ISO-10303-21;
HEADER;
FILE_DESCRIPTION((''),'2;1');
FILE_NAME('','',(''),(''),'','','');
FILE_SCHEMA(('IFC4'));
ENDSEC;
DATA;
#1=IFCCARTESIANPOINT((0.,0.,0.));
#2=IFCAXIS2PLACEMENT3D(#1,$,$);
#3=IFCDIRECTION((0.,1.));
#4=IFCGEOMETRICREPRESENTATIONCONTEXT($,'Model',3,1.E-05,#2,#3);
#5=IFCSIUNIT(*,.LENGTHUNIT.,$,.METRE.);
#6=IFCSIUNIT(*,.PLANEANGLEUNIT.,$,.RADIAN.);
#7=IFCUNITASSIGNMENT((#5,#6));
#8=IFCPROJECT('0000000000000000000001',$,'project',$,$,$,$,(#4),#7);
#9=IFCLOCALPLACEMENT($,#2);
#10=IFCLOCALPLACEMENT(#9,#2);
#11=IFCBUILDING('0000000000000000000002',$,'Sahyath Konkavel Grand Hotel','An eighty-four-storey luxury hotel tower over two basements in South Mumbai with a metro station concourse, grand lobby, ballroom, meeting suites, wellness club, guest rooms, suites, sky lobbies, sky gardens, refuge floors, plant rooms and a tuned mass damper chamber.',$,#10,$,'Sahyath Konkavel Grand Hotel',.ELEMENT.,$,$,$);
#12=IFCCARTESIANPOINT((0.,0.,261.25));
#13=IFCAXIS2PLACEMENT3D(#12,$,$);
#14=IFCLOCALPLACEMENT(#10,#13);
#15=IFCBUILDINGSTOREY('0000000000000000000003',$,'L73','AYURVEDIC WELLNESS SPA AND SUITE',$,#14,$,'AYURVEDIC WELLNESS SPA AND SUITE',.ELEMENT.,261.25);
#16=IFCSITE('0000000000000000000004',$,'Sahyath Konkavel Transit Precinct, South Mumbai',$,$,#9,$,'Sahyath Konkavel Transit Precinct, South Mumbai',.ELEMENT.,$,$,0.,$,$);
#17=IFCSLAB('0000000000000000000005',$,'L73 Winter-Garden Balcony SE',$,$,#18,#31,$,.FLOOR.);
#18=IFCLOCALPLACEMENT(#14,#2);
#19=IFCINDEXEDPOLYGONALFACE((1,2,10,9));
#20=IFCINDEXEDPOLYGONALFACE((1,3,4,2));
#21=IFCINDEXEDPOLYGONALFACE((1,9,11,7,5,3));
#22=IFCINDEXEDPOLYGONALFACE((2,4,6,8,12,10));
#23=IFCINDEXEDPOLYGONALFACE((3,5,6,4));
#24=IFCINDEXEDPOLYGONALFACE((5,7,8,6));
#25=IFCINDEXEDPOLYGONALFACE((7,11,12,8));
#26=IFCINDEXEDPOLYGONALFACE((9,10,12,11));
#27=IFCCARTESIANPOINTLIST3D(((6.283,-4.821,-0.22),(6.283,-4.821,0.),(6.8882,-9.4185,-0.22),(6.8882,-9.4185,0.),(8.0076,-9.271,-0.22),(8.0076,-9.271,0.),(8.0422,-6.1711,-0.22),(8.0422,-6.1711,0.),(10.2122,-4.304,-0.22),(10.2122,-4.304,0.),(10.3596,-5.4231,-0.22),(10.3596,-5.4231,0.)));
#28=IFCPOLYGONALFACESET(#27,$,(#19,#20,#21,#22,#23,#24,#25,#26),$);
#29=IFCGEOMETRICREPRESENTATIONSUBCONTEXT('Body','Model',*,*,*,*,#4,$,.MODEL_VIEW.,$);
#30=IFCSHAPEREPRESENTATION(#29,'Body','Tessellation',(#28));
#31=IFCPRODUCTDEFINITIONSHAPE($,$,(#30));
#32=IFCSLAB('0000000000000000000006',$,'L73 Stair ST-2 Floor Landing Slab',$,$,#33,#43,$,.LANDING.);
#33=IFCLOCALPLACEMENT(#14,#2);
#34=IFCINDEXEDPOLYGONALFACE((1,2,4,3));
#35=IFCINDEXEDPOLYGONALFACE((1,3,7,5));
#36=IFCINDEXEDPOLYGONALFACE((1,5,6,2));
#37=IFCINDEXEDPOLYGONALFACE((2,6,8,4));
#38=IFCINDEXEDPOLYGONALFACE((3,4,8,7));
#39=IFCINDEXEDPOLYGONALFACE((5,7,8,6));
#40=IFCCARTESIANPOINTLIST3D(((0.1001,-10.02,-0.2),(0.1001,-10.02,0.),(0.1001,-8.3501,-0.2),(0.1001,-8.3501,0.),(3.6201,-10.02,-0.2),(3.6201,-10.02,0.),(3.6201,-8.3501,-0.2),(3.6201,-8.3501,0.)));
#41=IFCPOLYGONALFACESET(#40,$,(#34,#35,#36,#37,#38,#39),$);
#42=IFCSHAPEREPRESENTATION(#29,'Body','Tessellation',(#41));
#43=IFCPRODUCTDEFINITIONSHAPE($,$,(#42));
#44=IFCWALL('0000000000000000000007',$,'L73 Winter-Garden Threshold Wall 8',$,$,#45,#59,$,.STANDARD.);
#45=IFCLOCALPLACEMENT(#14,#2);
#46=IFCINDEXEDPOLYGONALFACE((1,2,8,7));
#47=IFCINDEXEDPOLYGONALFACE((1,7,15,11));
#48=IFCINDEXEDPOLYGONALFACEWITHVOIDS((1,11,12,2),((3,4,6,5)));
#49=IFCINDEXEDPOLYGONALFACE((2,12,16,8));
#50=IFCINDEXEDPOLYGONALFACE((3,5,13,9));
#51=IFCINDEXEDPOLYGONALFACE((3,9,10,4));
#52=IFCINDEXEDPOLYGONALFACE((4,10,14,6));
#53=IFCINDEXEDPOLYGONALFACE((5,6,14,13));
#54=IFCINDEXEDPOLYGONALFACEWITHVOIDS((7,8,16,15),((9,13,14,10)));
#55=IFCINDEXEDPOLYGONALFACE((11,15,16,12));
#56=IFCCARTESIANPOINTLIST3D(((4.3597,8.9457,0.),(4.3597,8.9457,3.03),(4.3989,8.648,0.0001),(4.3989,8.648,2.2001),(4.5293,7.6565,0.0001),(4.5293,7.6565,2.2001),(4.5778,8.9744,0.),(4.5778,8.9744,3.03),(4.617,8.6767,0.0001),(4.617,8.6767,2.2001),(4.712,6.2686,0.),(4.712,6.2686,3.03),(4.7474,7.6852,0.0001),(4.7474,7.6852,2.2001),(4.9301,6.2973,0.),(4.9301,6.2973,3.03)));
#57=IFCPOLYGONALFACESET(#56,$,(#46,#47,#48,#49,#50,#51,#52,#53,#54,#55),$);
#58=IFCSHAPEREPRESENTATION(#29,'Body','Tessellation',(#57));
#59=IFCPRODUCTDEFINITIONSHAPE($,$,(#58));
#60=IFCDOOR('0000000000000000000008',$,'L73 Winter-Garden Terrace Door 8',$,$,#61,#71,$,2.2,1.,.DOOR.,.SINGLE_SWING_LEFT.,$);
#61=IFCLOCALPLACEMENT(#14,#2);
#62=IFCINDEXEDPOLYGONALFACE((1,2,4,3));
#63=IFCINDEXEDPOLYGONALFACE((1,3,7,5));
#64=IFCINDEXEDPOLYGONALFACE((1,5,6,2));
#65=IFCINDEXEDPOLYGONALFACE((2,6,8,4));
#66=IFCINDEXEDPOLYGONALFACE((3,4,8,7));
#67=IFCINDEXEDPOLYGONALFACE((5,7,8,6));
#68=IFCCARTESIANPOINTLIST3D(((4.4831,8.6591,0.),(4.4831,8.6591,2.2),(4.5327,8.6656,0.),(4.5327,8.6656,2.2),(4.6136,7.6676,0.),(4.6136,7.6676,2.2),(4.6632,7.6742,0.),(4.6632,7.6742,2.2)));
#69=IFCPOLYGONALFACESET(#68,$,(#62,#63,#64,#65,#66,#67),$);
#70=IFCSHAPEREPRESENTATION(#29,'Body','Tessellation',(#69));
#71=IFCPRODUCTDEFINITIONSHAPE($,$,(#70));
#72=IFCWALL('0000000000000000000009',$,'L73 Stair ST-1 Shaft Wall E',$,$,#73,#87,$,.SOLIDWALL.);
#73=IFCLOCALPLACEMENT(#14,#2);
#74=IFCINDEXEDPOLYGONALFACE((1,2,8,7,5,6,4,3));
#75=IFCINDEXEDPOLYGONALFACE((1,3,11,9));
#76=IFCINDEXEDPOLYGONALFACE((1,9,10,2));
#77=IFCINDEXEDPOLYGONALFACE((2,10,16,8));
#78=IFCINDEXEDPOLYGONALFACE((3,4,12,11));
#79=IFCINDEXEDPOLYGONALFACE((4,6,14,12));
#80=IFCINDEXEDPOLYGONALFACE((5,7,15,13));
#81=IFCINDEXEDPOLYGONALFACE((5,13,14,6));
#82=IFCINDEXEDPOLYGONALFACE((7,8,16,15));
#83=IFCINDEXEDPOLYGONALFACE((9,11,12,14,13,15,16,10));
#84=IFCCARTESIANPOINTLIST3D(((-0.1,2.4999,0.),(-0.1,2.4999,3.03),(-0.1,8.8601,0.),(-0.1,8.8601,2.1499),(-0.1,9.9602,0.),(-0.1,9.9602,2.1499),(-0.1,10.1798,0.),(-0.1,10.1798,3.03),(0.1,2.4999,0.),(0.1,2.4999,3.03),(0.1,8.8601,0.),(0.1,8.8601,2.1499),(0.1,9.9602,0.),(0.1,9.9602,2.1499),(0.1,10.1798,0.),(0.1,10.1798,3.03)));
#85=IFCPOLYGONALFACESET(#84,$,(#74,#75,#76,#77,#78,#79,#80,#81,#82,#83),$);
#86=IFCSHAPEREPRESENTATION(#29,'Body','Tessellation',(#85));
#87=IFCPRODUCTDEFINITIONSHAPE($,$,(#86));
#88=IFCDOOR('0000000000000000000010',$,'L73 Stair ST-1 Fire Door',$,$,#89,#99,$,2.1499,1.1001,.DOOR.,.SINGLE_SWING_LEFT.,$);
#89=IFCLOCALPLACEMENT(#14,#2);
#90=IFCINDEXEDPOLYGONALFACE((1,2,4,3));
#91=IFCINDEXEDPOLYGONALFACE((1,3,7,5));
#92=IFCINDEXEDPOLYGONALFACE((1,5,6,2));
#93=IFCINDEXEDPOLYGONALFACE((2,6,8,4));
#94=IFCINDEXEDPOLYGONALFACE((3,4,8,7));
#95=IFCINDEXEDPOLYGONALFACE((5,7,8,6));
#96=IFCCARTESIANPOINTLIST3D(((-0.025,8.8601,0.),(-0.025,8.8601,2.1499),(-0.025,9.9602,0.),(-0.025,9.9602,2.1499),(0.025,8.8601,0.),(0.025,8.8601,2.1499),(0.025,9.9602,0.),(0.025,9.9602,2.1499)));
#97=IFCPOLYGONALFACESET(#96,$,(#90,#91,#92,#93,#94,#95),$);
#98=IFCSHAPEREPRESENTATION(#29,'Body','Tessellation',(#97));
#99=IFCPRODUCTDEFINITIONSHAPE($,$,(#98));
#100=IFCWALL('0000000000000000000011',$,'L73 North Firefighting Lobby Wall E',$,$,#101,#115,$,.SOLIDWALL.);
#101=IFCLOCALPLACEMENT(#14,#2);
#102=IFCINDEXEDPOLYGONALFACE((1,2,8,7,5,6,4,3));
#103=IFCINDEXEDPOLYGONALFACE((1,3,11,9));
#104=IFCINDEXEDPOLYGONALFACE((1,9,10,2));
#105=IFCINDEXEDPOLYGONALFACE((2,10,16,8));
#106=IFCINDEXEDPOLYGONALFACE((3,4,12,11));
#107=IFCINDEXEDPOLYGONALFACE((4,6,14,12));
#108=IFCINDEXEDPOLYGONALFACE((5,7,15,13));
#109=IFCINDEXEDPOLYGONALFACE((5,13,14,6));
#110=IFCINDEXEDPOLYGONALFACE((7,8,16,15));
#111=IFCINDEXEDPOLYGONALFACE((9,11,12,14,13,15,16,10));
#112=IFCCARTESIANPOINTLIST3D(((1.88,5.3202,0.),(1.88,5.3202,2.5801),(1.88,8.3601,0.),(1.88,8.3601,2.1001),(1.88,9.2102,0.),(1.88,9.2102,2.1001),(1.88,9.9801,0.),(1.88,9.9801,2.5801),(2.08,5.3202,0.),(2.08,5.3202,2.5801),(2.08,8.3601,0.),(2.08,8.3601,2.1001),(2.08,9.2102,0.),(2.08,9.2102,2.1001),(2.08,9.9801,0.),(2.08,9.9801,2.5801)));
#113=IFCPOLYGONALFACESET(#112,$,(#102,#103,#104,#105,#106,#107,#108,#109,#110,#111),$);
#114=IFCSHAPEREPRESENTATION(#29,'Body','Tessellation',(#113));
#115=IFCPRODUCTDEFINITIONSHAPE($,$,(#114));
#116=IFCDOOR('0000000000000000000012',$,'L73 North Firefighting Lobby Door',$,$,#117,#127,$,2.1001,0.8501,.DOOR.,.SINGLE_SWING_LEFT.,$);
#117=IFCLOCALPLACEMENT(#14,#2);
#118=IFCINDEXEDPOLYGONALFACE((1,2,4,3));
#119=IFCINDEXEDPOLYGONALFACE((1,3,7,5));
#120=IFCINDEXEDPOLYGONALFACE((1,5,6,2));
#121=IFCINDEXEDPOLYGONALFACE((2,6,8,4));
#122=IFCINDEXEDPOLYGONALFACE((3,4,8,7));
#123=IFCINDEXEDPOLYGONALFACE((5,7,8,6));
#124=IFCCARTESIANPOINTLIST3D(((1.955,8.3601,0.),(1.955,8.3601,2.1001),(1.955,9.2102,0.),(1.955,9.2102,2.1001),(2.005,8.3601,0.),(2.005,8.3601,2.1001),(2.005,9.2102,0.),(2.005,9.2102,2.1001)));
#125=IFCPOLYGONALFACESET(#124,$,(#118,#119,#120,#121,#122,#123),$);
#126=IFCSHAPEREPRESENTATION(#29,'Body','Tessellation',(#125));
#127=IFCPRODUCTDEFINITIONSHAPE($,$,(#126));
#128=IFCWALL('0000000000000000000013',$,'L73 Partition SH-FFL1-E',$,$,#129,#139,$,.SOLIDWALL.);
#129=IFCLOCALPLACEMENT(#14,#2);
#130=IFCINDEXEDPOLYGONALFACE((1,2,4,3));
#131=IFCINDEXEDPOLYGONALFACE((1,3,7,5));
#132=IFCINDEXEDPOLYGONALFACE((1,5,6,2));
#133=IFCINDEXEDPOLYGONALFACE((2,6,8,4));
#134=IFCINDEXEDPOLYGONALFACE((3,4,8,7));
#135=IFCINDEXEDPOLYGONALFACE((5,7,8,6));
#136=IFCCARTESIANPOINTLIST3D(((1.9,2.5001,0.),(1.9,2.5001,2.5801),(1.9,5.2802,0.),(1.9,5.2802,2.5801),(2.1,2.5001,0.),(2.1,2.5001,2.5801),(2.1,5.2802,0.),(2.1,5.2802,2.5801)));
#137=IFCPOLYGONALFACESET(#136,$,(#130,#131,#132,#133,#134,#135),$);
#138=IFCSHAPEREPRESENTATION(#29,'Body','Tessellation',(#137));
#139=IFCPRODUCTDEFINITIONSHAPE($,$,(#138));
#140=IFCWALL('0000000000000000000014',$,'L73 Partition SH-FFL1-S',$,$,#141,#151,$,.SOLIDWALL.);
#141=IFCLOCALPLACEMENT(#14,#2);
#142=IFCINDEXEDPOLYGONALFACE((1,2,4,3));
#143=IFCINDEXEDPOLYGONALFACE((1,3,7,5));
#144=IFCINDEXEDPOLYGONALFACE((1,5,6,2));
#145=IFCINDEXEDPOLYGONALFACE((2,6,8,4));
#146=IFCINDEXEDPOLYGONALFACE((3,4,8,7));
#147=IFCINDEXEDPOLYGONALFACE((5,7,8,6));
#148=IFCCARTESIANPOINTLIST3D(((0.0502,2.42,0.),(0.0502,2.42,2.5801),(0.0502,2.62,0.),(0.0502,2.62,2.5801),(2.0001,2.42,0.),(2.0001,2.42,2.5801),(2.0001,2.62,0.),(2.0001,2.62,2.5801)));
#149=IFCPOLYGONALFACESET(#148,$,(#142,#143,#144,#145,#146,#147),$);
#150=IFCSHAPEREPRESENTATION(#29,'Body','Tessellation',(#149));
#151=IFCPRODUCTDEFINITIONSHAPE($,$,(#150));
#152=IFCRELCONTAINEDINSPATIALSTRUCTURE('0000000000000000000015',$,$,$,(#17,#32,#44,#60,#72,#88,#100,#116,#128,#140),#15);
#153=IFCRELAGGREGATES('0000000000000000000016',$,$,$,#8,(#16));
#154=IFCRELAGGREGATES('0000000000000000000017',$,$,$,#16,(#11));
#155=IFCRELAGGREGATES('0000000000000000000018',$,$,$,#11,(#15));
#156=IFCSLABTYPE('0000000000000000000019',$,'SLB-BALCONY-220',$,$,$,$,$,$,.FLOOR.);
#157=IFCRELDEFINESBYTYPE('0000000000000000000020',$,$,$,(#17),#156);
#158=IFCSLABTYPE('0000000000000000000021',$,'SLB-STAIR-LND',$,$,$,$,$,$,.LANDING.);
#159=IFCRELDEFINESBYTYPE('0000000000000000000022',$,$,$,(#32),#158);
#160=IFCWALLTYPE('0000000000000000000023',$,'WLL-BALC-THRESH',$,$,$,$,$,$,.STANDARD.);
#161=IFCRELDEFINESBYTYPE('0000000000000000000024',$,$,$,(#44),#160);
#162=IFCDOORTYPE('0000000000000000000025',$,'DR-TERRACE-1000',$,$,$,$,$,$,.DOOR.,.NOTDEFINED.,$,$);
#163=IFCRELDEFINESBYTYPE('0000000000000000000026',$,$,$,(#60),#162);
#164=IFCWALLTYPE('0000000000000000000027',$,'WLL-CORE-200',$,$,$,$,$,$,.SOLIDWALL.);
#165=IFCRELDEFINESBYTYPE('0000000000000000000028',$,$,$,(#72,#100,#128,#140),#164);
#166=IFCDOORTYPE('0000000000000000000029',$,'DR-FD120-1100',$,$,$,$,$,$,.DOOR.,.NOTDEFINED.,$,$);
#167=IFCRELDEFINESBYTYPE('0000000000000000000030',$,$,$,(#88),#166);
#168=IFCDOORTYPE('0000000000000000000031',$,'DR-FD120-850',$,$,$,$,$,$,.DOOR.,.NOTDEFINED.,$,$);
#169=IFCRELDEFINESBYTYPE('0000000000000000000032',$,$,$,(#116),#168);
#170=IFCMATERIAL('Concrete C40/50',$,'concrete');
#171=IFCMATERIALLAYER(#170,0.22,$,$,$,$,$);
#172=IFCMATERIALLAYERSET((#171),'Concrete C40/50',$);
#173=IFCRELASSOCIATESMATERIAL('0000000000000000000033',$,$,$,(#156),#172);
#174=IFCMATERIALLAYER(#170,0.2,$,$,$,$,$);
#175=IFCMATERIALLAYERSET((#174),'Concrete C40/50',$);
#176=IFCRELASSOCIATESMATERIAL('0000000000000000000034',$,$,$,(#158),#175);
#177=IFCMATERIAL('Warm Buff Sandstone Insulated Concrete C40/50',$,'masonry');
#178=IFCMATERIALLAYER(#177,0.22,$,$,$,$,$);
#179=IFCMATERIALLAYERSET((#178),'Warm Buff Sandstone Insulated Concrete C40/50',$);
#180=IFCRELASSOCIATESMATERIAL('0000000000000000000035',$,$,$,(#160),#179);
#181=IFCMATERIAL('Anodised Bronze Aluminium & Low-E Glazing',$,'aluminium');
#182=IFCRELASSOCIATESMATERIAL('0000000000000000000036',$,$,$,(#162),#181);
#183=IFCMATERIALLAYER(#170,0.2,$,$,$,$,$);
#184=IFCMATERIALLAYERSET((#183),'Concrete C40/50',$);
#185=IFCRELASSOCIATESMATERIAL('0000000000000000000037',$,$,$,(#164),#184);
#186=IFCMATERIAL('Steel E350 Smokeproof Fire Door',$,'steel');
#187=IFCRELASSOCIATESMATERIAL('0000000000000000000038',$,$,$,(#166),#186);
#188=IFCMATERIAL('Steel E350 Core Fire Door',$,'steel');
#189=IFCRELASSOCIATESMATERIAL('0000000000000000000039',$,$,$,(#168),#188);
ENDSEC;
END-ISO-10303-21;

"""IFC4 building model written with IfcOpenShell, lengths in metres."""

from ifc_helpers import new_model, si_unit, direction, frame, frame_2d, origin, origin_2d, place, context, subcontext, project, spatial, polyline, rectangle, outline, extrude, source, transform, mapped, material, layer, layer_set, type_object, element, fill, save


model = new_model("IFC4")

# Units and contexts
model_context = context("Model", 3, precision=1e-05, world=origin(), true_north=direction((0.0, 1.0)))
body_context = subcontext(model_context, "Body", "Model", "MODEL_VIEW")
ifc_project = project(units=[si_unit("LENGTHUNIT", "METRE"), si_unit("PLANEANGLEUNIT", "RADIAN")], contexts=[model_context])

# Site, building, storey
site_placement = place(None, origin())
site = spatial("IfcSite", under=ifc_project, at=site_placement, Name="Sahyath Konkavel Transit Precinct, South Mumbai", LongName="Sahyath Konkavel Transit Precinct, South Mumbai", CompositionType="ELEMENT", RefElevation=0.0)
building_placement = place(site_placement, origin())
building = spatial("IfcBuilding", under=site, at=building_placement, Name="Sahyath Konkavel Grand Hotel", Description="An eighty-four-storey luxury hotel tower over two basements in South Mumbai with a metro station concourse, grand lobby, ballroom, meeting suites, wellness club, guest rooms, suites, sky lobbies, sky gardens, refuge floors, plant rooms and a tuned mass damper chamber.", LongName="Sahyath Konkavel Grand Hotel", CompositionType="ELEMENT")
storey_placement = place(building_placement, frame((0.0, 0.0, 261.25)))
storey = spatial("IfcBuildingStorey", under=building, at=storey_placement, Name="L73", Description="AYURVEDIC WELLNESS SPA AND SUITE", LongName="AYURVEDIC WELLNESS SPA AND SUITE", CompositionType="ELEMENT", Elevation=261.25)

# Shared definitions
ifc_material_1 = material(Name="Anodised Bronze Aluminium & Low-E Glazing", Category="aluminium")

# Slabs
ifc_material_2 = material(Name="Concrete C40/50", Category="concrete")
ifc_layer_1 = layer(ifc_material_2, 0.22)
ifc_layer_set_1 = layer_set([ifc_layer_1], Name="Concrete C40/50")
slab_type_1 = type_object("IfcSlabType", Name="SLB-BALCONY-220", PredefinedType="FLOOR", material=ifc_layer_set_1)
slab_1_placement = place(storey_placement, frame((0.0, 0.0, -0.22)))
element("IfcSlab", 1, at=slab_1_placement, inside=storey, type_object=slab_type_1, Name="L73 Winter-Garden Balcony SE", PredefinedType="FLOOR", context=body_context, shape_type="SweptSolid", body=[
    extrude(outline(polyline([(6.283, -4.821), (6.8882, -9.4185), (8.0076, -9.271), (8.0422, -6.1711), (10.3596, -5.4231), (10.2122, -4.304), (6.283, -4.821)])), origin(), (0.0, 0.0, 1.0), 0.22),
])
ifc_layer_2 = layer(ifc_material_2, 0.2)
ifc_layer_set_2 = layer_set([ifc_layer_2], Name="Concrete C40/50")
slab_type_2 = type_object("IfcSlabType", Name="SLB-STAIR-LND", PredefinedType="LANDING", material=ifc_layer_set_2)
slab_2_placement = place(storey_placement, frame((0.0, 0.0, -0.2)))
element("IfcSlab", 2, at=slab_2_placement, inside=storey, type_object=slab_type_2, Name="L73 Stair ST-2 Floor Landing Slab", PredefinedType="LANDING", context=body_context, shape_type="SweptSolid", body=[
    extrude(outline(polyline([(0.1001, -10.02), (3.6201, -10.02), (3.6201, -8.3501), (0.1001, -8.3501), (0.1001, -10.02)])), origin(), (0.0, 0.0, 1.0), 0.2),
])

# Walls, openings, doors
ifc_material_3 = material(Name="Warm Buff Sandstone Insulated Concrete C40/50", Category="masonry")
ifc_layer_3 = layer(ifc_material_3, 0.22)
ifc_layer_set_3 = layer_set([ifc_layer_3], Name="Warm Buff Sandstone Insulated Concrete C40/50")
wall_type_1 = type_object("IfcWallType", Name="WLL-BALC-THRESH", PredefinedType="STANDARD", material=ifc_layer_set_3)
wall_1_placement = place(storey_placement, frame((4.821, 6.283, 0.0), z_axis=(0.0, 0.0, 1.0), x_axis=(-0.130476, 0.991452, 0.0)))
wall_1 = element("IfcWall", 3, at=wall_1_placement, inside=storey, type_object=wall_type_1, Name="L73 Winter-Garden Threshold Wall 8", PredefinedType="STANDARD", context=body_context, shape_type="SweptSolid", body=[
    extrude(rectangle(XDim=2.7002, YDim=0.22, at=frame_2d((1.3501, 0.0))), origin(), (0.0, 0.0, 1.0), 3.03),
])
opening_1_placement = place(wall_1_placement, frame((1.3999, 0.0, 0.0)))
opening_1 = element("IfcOpeningElement", 4, at=opening_1_placement, cuts=wall_1, PredefinedType="OPENING", context=body_context, shape_type="SweptSolid", body=[
    extrude(rectangle(XDim=1.0, YDim=2.2, at=frame_2d((0.5, 1.1001))), frame((0.0, 0.1201, 0.0), z_axis=(0.0, -1.0, 0.0), x_axis=(1.0, 0.0, 0.0)), (0.0, 0.0, 1.0), 0.24),
])
door_type_1 = type_object("IfcDoorType", Name="DR-TERRACE-1000", OperationType="NOTDEFINED", PredefinedType="DOOR", material=ifc_material_1)
shared_shape_1 = source(origin(), body_context, "Body", "SweptSolid", [
    extrude(rectangle(XDim=1.0, YDim=0.05, at=origin_2d()), origin(), (0.0, 0.0, 1.0), 2.2),
])
door_1_placement = place(opening_1_placement, frame((0.5, 0.0, 0.0)))
door_1 = element("IfcDoor", 5, at=door_1_placement, inside=storey, type_object=door_type_1, Name="L73 Winter-Garden Terrace Door 8", OperationType="SINGLE_SWING_LEFT", OverallHeight=2.2, OverallWidth=1.0, PredefinedType="DOOR", context=body_context, shape_type="MappedRepresentation", body=[
    mapped(shared_shape_1, transform((0.0, 0.0, 0.0), scale=1.0)),
])
fill(opening_1, door_1)
ifc_layer_4 = layer(ifc_material_2, 0.2)
ifc_layer_set_4 = layer_set([ifc_layer_4], Name="Concrete C40/50")
wall_type_2 = type_object("IfcWallType", Name="WLL-CORE-200", PredefinedType="SOLIDWALL", material=ifc_layer_set_4)
wall_2_placement = place(storey_placement, frame((0.0, 2.5, 0.0), z_axis=(0.0, 0.0, 1.0), x_axis=(0.0, 1.0, 0.0)))
wall_2 = element("IfcWall", 6, at=wall_2_placement, inside=storey, type_object=wall_type_2, Name="L73 Stair ST-1 Shaft Wall E", PredefinedType="SOLIDWALL", context=body_context, shape_type="SweptSolid", body=[
    extrude(rectangle(XDim=7.6799, YDim=0.2, at=frame_2d((3.8398, 0.0))), origin(), (0.0, 0.0, 1.0), 3.03),
])
opening_2_placement = place(wall_2_placement, frame((6.3601, 0.0, 0.0)))
opening_2 = element("IfcOpeningElement", 7, at=opening_2_placement, cuts=wall_2, PredefinedType="OPENING", context=body_context, shape_type="SweptSolid", body=[
    extrude(rectangle(XDim=1.1001, YDim=2.1499, at=frame_2d((0.55, 1.075))), frame((0.0, 0.1099, 0.0), z_axis=(0.0, -1.0, 0.0), x_axis=(1.0, 0.0, 0.0)), (0.0, 0.0, 1.0), 0.22),
])
ifc_material_4 = material(Name="Steel E350 Smokeproof Fire Door", Category="steel")
door_type_2 = type_object("IfcDoorType", Name="DR-FD120-1100", OperationType="NOTDEFINED", PredefinedType="DOOR", material=ifc_material_4)
shared_shape_2 = source(origin(), body_context, "Body", "SweptSolid", [
    extrude(rectangle(XDim=1.1001, YDim=0.05, at=origin_2d()), origin(), (0.0, 0.0, 1.0), 2.1499),
])
door_2_placement = place(opening_2_placement, frame((0.55, 0.0, 0.0)))
door_2 = element("IfcDoor", 8, at=door_2_placement, inside=storey, type_object=door_type_2, Name="L73 Stair ST-1 Fire Door", OperationType="SINGLE_SWING_LEFT", OverallHeight=2.1499, OverallWidth=1.1001, PredefinedType="DOOR", context=body_context, shape_type="MappedRepresentation", body=[
    mapped(shared_shape_2, transform((0.0, 0.0, 0.0), scale=1.0)),
])
fill(opening_2, door_2)
wall_3_placement = place(storey_placement, frame((1.98, 5.3201, 0.0), z_axis=(0.0, 0.0, 1.0), x_axis=(0.0, 1.0, 0.0)))
wall_3 = element("IfcWall", 9, at=wall_3_placement, inside=storey, type_object=wall_type_2, Name="L73 North Firefighting Lobby Wall E", PredefinedType="SOLIDWALL", context=body_context, shape_type="SweptSolid", body=[
    extrude(rectangle(XDim=4.6599, YDim=0.2, at=frame_2d((2.3301, 0.0))), origin(), (0.0, 0.0, 1.0), 2.5801),
])
opening_3_placement = place(wall_3_placement, frame((3.04, 0.0, 0.0)))
opening_3 = element("IfcOpeningElement", 10, at=opening_3_placement, cuts=wall_3, PredefinedType="OPENING", context=body_context, shape_type="SweptSolid", body=[
    extrude(rectangle(XDim=0.8501, YDim=2.1001, at=frame_2d((0.425, 1.05))), frame((0.0, 0.1099, 0.0), z_axis=(0.0, -1.0, 0.0), x_axis=(1.0, 0.0, 0.0)), (0.0, 0.0, 1.0), 0.22),
])
ifc_material_5 = material(Name="Steel E350 Core Fire Door", Category="steel")
door_type_3 = type_object("IfcDoorType", Name="DR-FD120-850", OperationType="NOTDEFINED", PredefinedType="DOOR", material=ifc_material_5)
shared_shape_3 = source(origin(), body_context, "Body", "SweptSolid", [
    extrude(rectangle(XDim=0.8501, YDim=0.05, at=origin_2d()), origin(), (0.0, 0.0, 1.0), 2.1001),
])
door_3_placement = place(opening_3_placement, frame((0.425, 0.0, 0.0)))
door_3 = element("IfcDoor", 11, at=door_3_placement, inside=storey, type_object=door_type_3, Name="L73 North Firefighting Lobby Door", OperationType="SINGLE_SWING_LEFT", OverallHeight=2.1001, OverallWidth=0.8501, PredefinedType="DOOR", context=body_context, shape_type="MappedRepresentation", body=[
    mapped(shared_shape_3, transform((0.0, 0.0, 0.0), scale=1.0)),
])
fill(opening_3, door_3)

# Walls
wall_4_placement = place(storey_placement, frame((2.0, 2.5, 0.0), z_axis=(0.0, 0.0, 1.0), x_axis=(0.0, 1.0, 0.0)))
element("IfcWall", 12, at=wall_4_placement, inside=storey, type_object=wall_type_2, Name="L73 Partition SH-FFL1-E", PredefinedType="SOLIDWALL", context=body_context, shape_type="SweptSolid", body=[
    extrude(rectangle(XDim=2.78, YDim=0.2, at=frame_2d((1.3901, 0.0))), origin(), (0.0, 0.0, 1.0), 2.5801),
])
wall_5_placement = place(storey_placement, frame((0.05, 2.52, 0.0), z_axis=(0.0, 0.0, 1.0), x_axis=(1.0, 0.0, 0.0)))
element("IfcWall", 13, at=wall_5_placement, inside=storey, type_object=wall_type_2, Name="L73 Partition SH-FFL1-S", PredefinedType="SOLIDWALL", context=body_context, shape_type="SweptSolid", body=[
    extrude(rectangle(XDim=1.95, YDim=0.2, at=frame_2d((0.9751, 0.0))), origin(), (0.0, 0.0, 1.0), 2.5801),
])

save(model, "model.ifc")
